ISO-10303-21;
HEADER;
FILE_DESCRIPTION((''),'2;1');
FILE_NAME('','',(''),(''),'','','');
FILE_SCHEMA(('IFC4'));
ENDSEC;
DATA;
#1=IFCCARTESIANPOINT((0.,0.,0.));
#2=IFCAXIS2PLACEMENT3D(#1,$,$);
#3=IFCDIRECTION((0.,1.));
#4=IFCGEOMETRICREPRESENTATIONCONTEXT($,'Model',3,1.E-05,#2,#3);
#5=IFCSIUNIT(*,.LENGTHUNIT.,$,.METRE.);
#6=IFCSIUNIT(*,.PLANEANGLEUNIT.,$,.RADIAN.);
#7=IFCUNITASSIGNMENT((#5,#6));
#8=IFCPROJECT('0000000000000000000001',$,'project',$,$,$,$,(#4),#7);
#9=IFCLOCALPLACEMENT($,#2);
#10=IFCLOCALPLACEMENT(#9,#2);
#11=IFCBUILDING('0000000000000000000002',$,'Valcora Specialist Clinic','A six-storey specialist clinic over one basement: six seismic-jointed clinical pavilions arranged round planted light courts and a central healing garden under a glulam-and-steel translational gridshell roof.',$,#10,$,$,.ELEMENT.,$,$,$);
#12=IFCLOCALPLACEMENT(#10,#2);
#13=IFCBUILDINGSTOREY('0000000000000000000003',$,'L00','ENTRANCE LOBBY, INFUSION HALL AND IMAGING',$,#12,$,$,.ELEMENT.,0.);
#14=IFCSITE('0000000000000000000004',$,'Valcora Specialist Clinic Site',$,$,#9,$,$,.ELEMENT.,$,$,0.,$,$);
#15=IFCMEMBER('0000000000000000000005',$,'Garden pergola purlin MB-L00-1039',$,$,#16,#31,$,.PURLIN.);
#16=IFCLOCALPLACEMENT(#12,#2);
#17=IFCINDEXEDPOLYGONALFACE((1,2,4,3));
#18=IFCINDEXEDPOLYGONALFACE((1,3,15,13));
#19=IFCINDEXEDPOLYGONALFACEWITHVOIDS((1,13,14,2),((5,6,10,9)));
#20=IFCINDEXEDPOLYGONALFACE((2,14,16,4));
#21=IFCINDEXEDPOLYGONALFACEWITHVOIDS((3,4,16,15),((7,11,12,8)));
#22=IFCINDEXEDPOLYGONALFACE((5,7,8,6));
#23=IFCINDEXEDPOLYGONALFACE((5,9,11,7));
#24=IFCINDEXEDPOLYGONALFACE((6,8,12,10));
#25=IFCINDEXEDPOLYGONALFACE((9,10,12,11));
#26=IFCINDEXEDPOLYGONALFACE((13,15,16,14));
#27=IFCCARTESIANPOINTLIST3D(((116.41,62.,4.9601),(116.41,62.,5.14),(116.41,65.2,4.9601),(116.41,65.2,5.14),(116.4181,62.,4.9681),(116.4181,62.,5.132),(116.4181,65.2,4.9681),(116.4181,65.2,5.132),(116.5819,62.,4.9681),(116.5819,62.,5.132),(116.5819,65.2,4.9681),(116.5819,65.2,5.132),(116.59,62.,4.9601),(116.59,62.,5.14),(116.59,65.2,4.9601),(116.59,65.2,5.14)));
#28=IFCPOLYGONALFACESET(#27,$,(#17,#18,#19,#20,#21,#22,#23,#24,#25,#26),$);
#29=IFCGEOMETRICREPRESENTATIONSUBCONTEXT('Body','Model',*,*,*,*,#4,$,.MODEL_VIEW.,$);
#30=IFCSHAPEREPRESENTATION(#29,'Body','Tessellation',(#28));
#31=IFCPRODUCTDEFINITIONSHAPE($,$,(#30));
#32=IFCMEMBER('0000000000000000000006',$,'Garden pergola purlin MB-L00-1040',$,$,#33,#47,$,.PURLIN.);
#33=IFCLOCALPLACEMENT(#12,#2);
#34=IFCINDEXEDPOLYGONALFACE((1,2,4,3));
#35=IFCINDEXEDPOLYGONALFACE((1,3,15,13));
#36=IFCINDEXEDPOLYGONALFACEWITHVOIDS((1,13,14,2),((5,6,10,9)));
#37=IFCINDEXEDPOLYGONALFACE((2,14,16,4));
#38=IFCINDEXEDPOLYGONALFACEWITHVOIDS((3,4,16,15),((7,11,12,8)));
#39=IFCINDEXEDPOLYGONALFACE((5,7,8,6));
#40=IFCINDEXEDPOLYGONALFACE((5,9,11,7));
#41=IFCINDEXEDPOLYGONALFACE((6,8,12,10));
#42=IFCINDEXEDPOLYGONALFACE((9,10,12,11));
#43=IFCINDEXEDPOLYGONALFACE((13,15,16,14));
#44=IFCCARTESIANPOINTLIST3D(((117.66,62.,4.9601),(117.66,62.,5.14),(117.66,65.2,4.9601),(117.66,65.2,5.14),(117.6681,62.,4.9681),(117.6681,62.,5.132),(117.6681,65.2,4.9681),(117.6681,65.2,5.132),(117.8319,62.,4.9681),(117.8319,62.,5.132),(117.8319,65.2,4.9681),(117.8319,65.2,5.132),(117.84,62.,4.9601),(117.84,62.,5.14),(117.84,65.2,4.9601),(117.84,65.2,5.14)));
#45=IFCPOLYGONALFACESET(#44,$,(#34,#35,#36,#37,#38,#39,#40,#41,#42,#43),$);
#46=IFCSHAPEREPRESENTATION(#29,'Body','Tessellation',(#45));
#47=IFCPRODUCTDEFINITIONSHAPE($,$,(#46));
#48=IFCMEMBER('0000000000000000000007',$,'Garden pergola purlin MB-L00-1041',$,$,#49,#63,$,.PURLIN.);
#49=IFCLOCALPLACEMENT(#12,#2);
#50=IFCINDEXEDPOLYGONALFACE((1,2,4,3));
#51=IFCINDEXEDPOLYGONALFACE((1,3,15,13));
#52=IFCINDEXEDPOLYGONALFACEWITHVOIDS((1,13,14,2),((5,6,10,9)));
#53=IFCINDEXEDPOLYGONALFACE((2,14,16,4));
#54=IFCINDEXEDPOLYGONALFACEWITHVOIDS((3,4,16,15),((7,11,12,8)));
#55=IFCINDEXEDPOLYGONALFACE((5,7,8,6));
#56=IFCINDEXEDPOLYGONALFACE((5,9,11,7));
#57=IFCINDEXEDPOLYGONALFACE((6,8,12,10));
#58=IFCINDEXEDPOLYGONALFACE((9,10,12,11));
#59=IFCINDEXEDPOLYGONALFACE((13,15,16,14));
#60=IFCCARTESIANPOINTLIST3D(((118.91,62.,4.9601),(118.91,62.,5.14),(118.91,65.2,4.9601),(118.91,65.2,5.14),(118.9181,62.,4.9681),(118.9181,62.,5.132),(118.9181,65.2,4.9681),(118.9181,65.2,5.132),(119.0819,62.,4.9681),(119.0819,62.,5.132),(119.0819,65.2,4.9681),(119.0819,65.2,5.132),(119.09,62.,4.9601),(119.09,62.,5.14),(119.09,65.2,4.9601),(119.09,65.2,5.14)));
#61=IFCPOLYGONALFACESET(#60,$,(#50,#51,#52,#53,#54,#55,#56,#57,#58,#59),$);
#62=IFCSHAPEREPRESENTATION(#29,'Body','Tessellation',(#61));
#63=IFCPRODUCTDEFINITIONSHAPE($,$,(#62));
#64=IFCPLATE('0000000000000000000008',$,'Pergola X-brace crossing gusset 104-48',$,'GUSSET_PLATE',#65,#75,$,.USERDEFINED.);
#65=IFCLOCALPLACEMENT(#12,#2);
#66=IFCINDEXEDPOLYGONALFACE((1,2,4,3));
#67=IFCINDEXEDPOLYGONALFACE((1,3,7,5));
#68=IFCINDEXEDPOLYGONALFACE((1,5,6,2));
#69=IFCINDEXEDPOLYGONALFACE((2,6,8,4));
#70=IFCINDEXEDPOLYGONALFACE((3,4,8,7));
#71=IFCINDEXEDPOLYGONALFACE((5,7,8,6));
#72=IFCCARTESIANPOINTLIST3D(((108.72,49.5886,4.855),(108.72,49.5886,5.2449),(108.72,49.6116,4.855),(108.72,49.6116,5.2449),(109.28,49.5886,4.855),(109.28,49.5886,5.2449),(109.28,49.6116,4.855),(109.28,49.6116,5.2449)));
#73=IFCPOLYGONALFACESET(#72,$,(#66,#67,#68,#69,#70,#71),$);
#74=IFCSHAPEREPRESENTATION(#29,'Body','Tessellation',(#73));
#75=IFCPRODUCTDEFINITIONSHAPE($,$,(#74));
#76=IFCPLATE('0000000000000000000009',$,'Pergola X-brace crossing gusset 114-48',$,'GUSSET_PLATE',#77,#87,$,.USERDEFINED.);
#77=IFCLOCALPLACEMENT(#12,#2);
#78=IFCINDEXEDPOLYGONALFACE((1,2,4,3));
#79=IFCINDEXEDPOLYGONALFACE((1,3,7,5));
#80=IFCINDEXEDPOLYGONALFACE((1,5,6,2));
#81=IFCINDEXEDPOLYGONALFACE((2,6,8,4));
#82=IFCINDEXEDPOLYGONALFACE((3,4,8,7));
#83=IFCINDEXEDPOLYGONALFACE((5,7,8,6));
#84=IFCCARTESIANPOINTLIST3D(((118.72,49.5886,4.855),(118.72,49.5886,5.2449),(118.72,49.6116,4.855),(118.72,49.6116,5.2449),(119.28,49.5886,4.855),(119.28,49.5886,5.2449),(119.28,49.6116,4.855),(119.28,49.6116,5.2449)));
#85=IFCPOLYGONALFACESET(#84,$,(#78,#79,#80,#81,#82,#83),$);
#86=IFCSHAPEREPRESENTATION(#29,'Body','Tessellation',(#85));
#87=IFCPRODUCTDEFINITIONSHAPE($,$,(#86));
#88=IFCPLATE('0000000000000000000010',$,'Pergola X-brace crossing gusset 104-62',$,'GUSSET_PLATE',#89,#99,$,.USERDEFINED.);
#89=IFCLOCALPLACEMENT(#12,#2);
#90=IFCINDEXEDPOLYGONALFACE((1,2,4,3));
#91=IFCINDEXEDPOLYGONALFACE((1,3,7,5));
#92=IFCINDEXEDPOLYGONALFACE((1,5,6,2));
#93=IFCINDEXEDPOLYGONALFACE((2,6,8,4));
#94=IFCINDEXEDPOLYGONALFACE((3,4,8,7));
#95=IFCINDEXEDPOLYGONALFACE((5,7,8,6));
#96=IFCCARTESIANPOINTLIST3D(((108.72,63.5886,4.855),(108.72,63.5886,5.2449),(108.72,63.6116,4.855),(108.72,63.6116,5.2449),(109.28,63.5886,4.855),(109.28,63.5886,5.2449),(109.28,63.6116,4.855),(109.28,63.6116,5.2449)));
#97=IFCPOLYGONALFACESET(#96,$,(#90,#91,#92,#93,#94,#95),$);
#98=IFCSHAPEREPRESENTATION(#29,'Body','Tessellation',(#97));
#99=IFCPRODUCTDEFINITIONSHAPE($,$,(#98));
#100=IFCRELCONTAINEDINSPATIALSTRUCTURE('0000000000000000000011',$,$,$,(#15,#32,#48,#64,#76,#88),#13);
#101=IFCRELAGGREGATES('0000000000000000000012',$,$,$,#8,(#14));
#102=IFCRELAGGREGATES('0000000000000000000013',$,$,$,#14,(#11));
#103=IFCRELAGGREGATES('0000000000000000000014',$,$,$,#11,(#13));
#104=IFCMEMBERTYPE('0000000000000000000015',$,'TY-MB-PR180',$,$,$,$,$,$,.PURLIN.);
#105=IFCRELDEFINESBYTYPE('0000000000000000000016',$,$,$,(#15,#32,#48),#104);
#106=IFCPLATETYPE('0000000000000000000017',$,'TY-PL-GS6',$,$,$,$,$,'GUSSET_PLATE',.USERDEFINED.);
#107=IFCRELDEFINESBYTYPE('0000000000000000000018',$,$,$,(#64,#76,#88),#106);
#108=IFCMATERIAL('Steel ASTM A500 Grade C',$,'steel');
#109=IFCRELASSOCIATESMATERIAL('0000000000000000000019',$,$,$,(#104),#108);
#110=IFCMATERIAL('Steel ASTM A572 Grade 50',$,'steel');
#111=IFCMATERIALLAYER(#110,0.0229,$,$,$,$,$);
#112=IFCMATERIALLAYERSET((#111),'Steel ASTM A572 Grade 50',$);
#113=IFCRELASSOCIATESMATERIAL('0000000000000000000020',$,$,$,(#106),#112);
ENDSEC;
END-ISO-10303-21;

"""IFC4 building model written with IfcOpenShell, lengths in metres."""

from ifc_helpers import new_model, si_unit, direction, frame, origin, origin_2d, place, context, subcontext, project, spatial, rectangle, hollow_rectangle, extrude, material, layer, layer_set, material_profile, profile_set, type_object, element, save


model = new_model("IFC4")

# Units and contexts
model_context = context("Model", 3, precision=1e-05, world=origin(), true_north=direction((0.0, 1.0)))
body_context = subcontext(model_context, "Body", "Model", "MODEL_VIEW")
ifc_project = project(units=[si_unit("LENGTHUNIT", "METRE"), si_unit("PLANEANGLEUNIT", "RADIAN")], contexts=[model_context])

# Site, building, storey
site_placement = place(None, origin())
site = spatial("IfcSite", under=ifc_project, at=site_placement, Name="Valcora Specialist Clinic Site", CompositionType="ELEMENT", RefElevation=0.0)
building_placement = place(site_placement, origin())
building = spatial("IfcBuilding", under=site, at=building_placement, Name="Valcora Specialist Clinic", Description="A six-storey specialist clinic over one basement: six seismic-jointed clinical pavilions arranged round planted light courts and a central healing garden under a glulam-and-steel translational gridshell roof.", CompositionType="ELEMENT")
storey_placement = place(building_placement, origin())
storey = spatial("IfcBuildingStorey", under=building, at=storey_placement, Name="L00", Description="ENTRANCE LOBBY, INFUSION HALL AND IMAGING", CompositionType="ELEMENT", Elevation=0.0)

# Members
ifc_material_1 = material(Name="Steel ASTM A500 Grade C", Category="steel")
ifc_material_profile_1 = material_profile(ifc_material_1, hollow_rectangle(XDim=0.1799, YDim=0.1799, WallThickness=0.0081, at=origin_2d()), Name="ST-RHS-180X180X8")
ifc_profile_set_1 = profile_set([ifc_material_profile_1], Name="Steel ASTM A500 Grade C")
member_type_1 = type_object("IfcMemberType", Name="TY-MB-PR180", PredefinedType="PURLIN", material=ifc_profile_set_1)
for number, where, z_axis, x_axis, name in (
    (1, (116.5, 62.0, 5.05), (0.0, 1.0, 0.0), (-1.0, 0.0, 0.0), "Garden pergola purlin MB-L00-1039"),
    (2, (117.75, 62.0, 5.05), (0.0, 1.0, 0.0), (-1.0, 0.0, 0.0), "Garden pergola purlin MB-L00-1040"),
    (3, (119.0, 62.0, 5.05), (0.0, 1.0, 0.0), (-1.0, 0.0, 0.0), "Garden pergola purlin MB-L00-1041"),
):
    element("IfcMember", number, at=place(storey_placement, frame(where, z_axis=z_axis, x_axis=x_axis)), inside=storey, type_object=member_type_1, Name=name, PredefinedType="PURLIN", context=body_context, shape_type="SweptSolid", body=[
        extrude(hollow_rectangle(XDim=0.1799, YDim=0.1799, WallThickness=0.0081, at=origin_2d()), origin(), (0.0, 0.0, 1.0), 3.2),
    ])

# Plates
ifc_material_2 = material(Name="Steel ASTM A572 Grade 50", Category="steel")
ifc_layer = layer(ifc_material_2, 0.0229)
ifc_layer_set = layer_set([ifc_layer], Name="Steel ASTM A572 Grade 50")
plate_type = type_object("IfcPlateType", Name="TY-PL-GS6", ElementType="GUSSET_PLATE", PredefinedType="USERDEFINED", material=ifc_layer_set)
for number, where, z_axis, x_axis, name in (
    (4, (109.0, 49.6001, 4.855), (0.0, 0.0, 1.0), (1.0, 0.0, 0.0), "Pergola X-brace crossing gusset 104-48"),
    (5, (119.0, 49.6001, 4.855), (0.0, 0.0, 1.0), (1.0, 0.0, 0.0), "Pergola X-brace crossing gusset 114-48"),
    (6, (109.0, 63.6001, 4.855), (0.0, 0.0, 1.0), (1.0, 0.0, 0.0), "Pergola X-brace crossing gusset 104-62"),
):
    element("IfcPlate", number, at=place(storey_placement, frame(where, z_axis=z_axis, x_axis=x_axis)), inside=storey, type_object=plate_type, Name=name, ObjectType="GUSSET_PLATE", PredefinedType="USERDEFINED", context=body_context, shape_type="SweptSolid", body=[
        extrude(rectangle(XDim=0.5601, YDim=0.0229, at=origin_2d()), origin(), (0.0, 0.0, 1.0), 0.3899),
    ])

save(model, "model.ifc")
